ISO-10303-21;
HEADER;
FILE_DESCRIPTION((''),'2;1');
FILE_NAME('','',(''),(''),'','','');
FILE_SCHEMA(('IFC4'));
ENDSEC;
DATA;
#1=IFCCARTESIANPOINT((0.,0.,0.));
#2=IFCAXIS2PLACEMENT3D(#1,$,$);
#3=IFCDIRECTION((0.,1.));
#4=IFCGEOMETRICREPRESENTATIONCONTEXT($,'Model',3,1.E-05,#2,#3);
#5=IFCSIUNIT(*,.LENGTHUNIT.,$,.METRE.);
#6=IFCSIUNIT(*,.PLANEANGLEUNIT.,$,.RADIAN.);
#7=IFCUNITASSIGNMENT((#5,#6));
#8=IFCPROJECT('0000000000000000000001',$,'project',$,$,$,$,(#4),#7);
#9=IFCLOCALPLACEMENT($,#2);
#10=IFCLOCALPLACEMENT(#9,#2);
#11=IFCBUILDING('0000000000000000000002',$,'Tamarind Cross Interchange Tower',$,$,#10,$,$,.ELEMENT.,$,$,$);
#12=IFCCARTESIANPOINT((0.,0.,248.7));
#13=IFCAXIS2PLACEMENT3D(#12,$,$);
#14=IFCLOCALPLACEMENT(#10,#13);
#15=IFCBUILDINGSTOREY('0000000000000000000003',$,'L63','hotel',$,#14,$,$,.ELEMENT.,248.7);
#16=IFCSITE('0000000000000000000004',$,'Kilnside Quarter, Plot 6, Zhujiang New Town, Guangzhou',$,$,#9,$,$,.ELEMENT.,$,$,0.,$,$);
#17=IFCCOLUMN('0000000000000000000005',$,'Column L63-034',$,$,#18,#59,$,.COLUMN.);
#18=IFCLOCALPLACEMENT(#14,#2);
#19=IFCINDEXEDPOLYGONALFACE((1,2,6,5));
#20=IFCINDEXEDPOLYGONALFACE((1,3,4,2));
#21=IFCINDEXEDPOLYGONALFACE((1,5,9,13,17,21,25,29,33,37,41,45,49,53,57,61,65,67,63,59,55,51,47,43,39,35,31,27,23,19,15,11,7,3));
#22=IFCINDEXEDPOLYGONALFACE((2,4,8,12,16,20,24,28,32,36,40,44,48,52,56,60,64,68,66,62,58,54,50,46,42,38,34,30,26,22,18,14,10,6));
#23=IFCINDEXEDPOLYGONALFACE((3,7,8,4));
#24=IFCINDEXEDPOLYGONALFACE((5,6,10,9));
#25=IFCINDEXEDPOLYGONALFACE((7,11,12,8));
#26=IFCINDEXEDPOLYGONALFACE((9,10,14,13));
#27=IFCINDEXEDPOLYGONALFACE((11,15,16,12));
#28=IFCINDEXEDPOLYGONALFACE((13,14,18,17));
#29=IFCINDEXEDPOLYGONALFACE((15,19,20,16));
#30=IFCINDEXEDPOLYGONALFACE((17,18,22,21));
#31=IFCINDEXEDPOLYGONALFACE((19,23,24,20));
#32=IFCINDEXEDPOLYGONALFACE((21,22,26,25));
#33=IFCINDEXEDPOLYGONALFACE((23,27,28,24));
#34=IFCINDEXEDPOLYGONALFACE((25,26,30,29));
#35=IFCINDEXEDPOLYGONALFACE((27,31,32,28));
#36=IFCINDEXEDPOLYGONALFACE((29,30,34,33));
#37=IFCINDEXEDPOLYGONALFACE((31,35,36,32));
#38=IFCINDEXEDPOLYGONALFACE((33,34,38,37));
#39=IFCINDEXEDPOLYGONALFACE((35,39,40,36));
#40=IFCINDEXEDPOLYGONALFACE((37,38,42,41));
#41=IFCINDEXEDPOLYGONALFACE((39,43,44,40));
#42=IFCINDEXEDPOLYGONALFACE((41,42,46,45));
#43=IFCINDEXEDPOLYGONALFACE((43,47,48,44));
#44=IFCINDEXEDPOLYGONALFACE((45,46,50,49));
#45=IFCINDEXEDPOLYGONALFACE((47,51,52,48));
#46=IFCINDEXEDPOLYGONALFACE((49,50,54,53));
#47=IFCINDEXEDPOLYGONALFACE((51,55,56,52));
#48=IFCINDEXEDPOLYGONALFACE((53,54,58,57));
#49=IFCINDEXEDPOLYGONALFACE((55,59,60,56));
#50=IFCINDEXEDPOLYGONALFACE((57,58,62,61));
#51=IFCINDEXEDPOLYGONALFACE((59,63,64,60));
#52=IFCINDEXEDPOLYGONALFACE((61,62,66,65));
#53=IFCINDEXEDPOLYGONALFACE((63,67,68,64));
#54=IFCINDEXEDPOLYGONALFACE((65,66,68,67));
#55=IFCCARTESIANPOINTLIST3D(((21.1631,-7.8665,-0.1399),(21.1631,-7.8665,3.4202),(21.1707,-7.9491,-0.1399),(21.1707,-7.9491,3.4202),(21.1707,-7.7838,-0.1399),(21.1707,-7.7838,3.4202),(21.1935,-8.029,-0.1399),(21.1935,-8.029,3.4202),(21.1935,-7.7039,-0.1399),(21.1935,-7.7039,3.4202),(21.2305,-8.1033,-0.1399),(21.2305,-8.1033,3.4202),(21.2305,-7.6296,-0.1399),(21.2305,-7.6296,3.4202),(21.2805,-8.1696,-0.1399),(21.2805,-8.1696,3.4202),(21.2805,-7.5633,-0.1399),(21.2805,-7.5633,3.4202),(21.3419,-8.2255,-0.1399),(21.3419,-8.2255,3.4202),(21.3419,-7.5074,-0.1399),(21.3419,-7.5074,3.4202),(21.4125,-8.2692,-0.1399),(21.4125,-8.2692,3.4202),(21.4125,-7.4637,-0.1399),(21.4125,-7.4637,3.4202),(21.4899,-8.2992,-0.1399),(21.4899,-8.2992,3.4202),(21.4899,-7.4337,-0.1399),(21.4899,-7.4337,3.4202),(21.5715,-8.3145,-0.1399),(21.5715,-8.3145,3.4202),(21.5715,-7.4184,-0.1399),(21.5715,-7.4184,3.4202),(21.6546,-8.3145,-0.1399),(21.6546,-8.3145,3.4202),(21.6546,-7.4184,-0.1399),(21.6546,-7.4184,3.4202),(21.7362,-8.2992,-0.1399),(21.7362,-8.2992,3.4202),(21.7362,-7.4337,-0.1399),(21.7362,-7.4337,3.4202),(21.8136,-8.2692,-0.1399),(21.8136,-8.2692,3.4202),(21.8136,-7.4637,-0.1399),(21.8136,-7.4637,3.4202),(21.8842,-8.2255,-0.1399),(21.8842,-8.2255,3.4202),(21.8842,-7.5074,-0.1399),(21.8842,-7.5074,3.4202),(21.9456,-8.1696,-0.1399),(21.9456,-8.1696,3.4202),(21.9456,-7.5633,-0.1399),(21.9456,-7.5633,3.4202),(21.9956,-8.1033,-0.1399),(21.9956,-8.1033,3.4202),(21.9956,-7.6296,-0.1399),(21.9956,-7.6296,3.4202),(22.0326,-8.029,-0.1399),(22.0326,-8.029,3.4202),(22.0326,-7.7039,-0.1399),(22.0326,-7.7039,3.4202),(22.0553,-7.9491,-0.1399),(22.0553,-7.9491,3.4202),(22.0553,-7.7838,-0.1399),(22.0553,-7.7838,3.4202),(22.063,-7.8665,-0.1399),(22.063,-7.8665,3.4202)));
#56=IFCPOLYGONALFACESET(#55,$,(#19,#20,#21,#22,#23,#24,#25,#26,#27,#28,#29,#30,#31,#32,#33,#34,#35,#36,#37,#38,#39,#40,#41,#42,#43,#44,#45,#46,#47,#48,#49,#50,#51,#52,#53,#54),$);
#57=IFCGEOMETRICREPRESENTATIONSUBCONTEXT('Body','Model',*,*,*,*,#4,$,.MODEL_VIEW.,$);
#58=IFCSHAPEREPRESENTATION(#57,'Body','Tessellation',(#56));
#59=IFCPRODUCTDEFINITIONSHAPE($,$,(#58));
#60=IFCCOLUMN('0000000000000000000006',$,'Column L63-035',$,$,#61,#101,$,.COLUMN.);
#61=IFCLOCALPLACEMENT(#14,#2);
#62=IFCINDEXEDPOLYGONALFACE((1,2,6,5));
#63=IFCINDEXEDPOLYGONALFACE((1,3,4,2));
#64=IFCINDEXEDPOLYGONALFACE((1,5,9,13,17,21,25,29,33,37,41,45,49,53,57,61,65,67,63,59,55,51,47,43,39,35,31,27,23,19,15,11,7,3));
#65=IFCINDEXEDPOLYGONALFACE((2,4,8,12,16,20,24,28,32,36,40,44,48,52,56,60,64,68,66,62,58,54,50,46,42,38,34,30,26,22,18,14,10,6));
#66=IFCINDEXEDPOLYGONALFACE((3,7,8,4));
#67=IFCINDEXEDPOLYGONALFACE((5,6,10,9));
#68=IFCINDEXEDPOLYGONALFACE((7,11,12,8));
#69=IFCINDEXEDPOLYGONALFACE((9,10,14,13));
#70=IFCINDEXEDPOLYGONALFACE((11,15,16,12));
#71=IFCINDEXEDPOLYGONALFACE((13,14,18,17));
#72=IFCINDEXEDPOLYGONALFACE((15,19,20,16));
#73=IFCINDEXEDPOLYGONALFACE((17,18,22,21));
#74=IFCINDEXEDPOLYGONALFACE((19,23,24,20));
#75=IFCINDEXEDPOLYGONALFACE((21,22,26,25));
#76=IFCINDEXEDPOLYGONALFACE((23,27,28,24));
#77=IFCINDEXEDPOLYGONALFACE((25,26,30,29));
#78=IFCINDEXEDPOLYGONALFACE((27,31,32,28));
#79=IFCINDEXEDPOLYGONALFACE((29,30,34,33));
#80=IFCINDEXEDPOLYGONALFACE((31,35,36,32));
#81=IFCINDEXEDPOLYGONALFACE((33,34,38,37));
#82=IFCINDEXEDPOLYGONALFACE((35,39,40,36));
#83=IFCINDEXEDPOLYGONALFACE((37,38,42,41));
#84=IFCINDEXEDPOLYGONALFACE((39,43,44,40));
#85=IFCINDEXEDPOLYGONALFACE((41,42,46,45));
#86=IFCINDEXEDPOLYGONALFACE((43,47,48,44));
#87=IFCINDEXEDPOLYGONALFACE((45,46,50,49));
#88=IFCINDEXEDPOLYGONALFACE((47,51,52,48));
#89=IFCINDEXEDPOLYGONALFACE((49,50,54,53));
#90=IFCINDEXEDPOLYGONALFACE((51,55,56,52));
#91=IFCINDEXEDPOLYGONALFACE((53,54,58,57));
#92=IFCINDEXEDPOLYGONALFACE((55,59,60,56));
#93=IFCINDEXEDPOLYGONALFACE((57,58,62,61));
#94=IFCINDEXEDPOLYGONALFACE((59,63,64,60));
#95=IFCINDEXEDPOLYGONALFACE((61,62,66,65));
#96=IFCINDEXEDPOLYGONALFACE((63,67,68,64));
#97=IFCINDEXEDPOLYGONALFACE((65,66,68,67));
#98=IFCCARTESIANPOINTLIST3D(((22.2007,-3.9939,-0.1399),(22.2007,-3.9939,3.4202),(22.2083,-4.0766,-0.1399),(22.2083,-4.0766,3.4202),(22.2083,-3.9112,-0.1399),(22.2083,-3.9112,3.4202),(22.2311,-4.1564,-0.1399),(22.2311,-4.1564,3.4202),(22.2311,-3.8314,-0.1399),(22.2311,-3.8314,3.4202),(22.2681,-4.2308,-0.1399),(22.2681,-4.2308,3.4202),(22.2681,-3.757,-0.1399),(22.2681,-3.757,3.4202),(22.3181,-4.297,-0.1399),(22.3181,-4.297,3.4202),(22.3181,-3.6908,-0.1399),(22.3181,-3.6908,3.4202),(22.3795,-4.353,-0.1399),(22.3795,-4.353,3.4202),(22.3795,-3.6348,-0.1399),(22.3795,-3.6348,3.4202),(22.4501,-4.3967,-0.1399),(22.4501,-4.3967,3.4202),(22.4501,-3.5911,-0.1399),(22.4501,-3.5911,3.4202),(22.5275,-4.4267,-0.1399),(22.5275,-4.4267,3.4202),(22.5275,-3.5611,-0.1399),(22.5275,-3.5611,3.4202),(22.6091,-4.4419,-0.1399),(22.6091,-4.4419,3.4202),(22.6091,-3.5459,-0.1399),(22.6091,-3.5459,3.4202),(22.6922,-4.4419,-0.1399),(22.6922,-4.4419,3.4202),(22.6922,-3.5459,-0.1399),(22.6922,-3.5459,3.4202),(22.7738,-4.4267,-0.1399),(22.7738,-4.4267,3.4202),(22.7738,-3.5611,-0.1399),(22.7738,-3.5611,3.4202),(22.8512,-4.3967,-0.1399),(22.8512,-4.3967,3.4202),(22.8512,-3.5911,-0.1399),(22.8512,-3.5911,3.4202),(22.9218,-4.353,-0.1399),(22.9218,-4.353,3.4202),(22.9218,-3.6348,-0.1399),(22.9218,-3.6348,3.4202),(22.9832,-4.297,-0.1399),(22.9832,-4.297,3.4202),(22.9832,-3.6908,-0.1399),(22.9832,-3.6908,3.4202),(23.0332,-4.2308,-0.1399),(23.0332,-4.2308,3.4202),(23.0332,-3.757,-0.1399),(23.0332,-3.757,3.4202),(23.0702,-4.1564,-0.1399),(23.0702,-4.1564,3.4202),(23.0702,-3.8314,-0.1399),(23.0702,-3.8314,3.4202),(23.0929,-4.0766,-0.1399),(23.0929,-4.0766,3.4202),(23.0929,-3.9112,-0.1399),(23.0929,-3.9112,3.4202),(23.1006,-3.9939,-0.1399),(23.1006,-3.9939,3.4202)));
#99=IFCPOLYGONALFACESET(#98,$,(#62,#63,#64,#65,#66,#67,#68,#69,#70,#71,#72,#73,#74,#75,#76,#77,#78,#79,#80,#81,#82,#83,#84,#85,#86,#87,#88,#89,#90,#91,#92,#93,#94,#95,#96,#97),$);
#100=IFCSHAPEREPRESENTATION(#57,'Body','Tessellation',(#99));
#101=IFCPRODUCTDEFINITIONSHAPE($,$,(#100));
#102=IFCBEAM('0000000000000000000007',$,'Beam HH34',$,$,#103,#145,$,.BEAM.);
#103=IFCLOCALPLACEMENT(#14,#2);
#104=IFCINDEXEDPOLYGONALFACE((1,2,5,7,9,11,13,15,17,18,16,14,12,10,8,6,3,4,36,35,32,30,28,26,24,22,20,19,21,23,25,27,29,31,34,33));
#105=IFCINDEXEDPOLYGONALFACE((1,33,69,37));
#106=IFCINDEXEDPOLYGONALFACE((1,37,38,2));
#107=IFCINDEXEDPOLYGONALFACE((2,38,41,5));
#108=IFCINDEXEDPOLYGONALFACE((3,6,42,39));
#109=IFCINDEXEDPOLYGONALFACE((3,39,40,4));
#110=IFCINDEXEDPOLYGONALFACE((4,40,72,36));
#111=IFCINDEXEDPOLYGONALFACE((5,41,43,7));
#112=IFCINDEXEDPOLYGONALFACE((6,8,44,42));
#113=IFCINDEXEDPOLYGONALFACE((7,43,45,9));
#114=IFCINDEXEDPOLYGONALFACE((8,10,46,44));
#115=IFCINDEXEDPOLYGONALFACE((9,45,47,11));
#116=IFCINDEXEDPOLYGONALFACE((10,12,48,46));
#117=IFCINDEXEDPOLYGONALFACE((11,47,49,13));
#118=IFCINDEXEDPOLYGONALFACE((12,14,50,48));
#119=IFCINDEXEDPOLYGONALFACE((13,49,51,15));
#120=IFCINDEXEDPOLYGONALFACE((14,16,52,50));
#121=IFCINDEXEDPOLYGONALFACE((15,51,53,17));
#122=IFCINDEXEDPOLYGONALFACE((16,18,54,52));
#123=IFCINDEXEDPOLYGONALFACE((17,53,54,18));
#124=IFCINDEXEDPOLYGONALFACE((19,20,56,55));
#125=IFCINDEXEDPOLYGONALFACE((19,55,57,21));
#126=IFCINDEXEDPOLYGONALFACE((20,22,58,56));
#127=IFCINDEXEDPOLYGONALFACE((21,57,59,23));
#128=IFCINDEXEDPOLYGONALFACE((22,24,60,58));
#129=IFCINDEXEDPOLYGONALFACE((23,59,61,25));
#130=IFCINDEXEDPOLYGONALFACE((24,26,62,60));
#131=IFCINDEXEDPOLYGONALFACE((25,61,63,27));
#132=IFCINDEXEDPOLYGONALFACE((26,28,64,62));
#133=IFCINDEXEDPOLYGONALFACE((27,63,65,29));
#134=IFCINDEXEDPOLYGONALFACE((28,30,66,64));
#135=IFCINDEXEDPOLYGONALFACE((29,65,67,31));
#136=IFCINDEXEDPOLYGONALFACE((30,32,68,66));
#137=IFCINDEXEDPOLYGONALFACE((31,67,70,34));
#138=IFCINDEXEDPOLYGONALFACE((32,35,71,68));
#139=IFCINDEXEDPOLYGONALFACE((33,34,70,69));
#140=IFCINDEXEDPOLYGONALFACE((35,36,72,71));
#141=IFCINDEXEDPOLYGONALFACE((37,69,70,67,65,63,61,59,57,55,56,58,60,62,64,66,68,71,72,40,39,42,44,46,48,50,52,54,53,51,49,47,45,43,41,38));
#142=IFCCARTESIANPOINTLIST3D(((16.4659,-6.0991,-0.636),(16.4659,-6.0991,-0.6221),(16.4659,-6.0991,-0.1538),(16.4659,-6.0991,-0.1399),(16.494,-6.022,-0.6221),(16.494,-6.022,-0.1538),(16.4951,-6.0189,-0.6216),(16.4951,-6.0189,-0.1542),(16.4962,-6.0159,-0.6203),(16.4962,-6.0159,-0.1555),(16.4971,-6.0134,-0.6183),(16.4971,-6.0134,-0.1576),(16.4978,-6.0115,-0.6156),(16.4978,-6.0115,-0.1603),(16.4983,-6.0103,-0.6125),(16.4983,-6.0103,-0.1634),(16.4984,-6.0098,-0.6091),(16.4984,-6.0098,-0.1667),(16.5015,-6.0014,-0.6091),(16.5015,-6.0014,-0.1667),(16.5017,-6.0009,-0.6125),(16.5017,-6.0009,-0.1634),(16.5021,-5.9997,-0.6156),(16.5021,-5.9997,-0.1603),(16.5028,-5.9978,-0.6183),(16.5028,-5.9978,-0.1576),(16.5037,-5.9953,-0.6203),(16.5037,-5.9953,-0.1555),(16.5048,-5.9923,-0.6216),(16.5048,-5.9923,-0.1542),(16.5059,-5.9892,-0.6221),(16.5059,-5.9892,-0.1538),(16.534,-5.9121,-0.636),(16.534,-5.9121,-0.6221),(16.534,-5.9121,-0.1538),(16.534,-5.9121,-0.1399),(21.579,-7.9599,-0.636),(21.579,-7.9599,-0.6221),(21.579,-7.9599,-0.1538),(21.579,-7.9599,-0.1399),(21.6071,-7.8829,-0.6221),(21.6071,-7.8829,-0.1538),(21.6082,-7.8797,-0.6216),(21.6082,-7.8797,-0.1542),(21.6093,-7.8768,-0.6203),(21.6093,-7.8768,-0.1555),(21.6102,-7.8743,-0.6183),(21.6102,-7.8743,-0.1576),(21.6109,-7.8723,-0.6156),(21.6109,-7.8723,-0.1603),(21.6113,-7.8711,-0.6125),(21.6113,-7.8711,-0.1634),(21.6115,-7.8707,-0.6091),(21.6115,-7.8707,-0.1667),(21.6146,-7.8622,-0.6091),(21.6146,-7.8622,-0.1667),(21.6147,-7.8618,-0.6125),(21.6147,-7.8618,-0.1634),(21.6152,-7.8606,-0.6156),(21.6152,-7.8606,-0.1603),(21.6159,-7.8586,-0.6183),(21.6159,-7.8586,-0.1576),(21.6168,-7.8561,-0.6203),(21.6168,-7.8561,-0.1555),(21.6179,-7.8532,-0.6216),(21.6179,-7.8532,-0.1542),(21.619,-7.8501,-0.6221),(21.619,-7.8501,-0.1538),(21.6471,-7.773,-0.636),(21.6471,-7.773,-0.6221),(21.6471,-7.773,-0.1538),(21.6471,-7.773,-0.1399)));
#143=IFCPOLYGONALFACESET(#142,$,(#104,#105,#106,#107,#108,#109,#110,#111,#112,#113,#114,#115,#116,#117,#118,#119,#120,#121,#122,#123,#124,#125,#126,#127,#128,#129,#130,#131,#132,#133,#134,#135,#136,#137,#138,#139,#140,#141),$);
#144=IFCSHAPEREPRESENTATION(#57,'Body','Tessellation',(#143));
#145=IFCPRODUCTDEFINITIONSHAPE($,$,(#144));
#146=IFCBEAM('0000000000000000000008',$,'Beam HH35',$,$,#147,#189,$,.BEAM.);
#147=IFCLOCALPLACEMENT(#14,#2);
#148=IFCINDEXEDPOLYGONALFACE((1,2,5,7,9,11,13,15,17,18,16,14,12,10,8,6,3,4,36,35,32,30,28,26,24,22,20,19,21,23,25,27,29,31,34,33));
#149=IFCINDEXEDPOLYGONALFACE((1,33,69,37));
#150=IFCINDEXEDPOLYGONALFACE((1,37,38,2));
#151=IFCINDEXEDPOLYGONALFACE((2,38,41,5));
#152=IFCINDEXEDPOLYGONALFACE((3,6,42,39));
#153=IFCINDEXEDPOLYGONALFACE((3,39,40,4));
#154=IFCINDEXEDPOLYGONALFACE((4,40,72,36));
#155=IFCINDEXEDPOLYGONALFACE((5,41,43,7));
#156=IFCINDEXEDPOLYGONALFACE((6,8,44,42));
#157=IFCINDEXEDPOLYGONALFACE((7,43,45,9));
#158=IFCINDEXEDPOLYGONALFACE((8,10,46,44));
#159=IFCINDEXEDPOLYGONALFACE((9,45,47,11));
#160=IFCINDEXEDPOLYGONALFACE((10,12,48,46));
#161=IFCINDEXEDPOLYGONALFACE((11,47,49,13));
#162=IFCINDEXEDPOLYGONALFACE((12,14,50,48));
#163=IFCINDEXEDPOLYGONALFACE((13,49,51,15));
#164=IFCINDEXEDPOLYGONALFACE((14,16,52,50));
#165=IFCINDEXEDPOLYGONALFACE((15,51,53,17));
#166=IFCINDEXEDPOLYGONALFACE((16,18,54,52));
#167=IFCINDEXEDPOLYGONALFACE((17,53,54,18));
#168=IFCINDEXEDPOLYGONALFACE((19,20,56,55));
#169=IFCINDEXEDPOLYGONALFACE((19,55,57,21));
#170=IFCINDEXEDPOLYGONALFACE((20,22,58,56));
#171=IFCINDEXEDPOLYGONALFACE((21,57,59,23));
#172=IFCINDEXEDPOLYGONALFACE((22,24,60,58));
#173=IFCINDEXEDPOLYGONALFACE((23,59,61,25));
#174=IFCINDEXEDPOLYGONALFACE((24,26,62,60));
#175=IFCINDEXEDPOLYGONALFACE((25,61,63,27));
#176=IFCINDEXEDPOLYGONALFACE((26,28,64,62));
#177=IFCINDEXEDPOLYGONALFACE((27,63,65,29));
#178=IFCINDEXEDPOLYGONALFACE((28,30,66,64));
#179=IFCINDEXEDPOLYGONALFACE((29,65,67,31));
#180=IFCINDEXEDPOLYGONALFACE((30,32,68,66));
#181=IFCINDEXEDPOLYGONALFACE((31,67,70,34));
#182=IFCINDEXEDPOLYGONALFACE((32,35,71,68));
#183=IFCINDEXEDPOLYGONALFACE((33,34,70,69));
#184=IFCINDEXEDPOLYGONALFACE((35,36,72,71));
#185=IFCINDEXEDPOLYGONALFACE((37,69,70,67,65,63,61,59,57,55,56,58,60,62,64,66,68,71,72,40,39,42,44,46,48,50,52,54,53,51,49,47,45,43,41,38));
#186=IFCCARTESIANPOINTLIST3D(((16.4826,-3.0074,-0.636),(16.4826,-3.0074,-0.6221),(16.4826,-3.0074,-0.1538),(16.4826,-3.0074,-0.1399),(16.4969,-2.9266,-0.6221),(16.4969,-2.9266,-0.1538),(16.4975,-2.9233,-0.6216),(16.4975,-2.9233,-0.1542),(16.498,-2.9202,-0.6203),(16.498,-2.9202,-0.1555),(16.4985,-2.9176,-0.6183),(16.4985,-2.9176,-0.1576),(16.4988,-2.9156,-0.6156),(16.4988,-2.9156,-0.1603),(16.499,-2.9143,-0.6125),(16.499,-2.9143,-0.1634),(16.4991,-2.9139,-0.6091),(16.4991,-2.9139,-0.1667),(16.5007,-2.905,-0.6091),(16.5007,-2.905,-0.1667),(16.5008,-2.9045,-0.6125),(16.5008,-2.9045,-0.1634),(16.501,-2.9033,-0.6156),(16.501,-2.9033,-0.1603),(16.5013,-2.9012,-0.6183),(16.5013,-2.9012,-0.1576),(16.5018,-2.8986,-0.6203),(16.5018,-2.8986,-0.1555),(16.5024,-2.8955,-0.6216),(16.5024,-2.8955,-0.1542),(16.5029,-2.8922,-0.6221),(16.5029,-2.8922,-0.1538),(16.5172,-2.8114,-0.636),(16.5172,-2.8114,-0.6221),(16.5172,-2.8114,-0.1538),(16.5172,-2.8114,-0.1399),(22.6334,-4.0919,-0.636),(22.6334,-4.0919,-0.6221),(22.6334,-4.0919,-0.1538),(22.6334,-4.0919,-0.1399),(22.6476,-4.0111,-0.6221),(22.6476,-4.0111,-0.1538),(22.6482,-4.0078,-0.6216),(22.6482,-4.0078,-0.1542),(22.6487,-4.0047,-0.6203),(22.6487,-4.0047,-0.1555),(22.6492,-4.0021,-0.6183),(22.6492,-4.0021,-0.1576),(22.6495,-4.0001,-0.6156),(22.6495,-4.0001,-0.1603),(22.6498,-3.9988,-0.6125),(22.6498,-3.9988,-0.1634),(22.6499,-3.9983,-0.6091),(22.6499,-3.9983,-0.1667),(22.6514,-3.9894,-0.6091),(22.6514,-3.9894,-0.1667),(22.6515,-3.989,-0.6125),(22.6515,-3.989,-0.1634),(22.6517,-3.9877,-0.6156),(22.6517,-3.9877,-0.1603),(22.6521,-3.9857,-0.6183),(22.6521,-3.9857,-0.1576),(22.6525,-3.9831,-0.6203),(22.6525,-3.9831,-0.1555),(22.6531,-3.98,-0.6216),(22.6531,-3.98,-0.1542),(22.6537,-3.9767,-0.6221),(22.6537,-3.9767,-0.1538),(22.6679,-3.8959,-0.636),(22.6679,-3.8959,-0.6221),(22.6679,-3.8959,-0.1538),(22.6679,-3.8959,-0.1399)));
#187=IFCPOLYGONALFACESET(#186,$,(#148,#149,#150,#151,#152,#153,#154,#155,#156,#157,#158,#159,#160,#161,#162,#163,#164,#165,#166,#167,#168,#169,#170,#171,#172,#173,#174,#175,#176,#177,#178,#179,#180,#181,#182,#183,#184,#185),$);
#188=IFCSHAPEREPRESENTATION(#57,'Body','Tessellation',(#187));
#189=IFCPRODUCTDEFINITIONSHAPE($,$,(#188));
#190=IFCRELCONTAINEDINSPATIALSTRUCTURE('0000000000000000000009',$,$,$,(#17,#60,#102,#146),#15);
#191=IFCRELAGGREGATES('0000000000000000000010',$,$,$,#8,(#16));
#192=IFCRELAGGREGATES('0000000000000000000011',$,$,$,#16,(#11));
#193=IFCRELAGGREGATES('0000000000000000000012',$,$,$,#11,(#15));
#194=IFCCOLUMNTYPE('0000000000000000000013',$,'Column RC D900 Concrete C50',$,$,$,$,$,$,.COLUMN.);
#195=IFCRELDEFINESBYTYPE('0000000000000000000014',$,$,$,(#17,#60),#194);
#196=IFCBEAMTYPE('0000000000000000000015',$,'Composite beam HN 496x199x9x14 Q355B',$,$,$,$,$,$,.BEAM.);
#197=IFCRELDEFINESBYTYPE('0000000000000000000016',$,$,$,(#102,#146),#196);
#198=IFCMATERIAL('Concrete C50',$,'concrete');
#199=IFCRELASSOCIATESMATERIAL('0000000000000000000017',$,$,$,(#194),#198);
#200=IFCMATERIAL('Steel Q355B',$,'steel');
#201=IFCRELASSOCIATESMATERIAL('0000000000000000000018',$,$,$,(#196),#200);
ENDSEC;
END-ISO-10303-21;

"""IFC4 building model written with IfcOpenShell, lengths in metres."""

from ifc_helpers import new_model, si_unit, direction, frame, origin, origin_2d, place, context, subcontext, project, spatial, circle, i_section, extrude, material, material_profile, profile_set, type_object, element, save


model = new_model("IFC4")

# Units and contexts
model_context = context("Model", 3, precision=1e-05, world=origin(), true_north=direction((0.0, 1.0)))
body_context = subcontext(model_context, "Body", "Model", "MODEL_VIEW")
ifc_project = project(units=[si_unit("LENGTHUNIT", "METRE"), si_unit("PLANEANGLEUNIT", "RADIAN")], contexts=[model_context])

# Site, building, storey
site_placement = place(None, origin())
site = spatial("IfcSite", under=ifc_project, at=site_placement, Name="Kilnside Quarter, Plot 6, Zhujiang New Town, Guangzhou", CompositionType="ELEMENT", RefElevation=0.0)
building_placement = place(site_placement, origin())
building = spatial("IfcBuilding", under=site, at=building_placement, Name="Tamarind Cross Interchange Tower", CompositionType="ELEMENT")
storey_placement = place(building_placement, frame((0.0, 0.0, 248.7)))
storey = spatial("IfcBuildingStorey", under=building, at=storey_placement, Name="L63", Description="hotel", CompositionType="ELEMENT", Elevation=248.7)

# Columns
ifc_material_1 = material(Name="Concrete C50", Category="concrete")
ifc_material_profile_1 = material_profile(ifc_material_1, circle(Radius=0.45, at=origin_2d()), Name="RC D900")
ifc_profile_set_1 = profile_set([ifc_material_profile_1], Name="Concrete C50")
column_type = type_object("IfcColumnType", Name="Column RC D900 Concrete C50", PredefinedType="COLUMN", material=ifc_profile_set_1)
for number, where, z_axis, x_axis, name in (
    (1, (21.613, -7.8665, -0.1399), (0.0, 0.0, 1.0), (1.0, 0.0, 0.0), "Column L63-034"),
    (2, (22.6506, -3.9939, -0.1399), (0.0, 0.0, 1.0), (1.0, 0.0, 0.0), "Column L63-035"),
):
    element("IfcColumn", number, at=place(storey_placement, frame(where, z_axis=z_axis, x_axis=x_axis)), inside=storey, type_object=column_type, Name=name, PredefinedType="COLUMN", context=body_context, shape_type="SweptSolid", body=[
        extrude(circle(Radius=0.45, at=origin_2d()), origin(), (0.0, 0.0, 1.0), 3.5601),
    ])

# Beams
ifc_material_2 = material(Name="Steel Q355B", Category="steel")
ifc_material_profile_2 = material_profile(ifc_material_2, i_section(OverallWidth=0.199, OverallDepth=0.4961, WebThickness=0.009, FlangeThickness=0.0139, FilletRadius=0.0129, at=origin_2d()), Name="HN 496x199x9x14")
ifc_profile_set_2 = profile_set([ifc_material_profile_2], Name="Steel Q355B")
beam_type = type_object("IfcBeamType", Name="Composite beam HN 496x199x9x14 Q355B", PredefinedType="BEAM", material=ifc_profile_set_2)
beam_1_placement = place(storey_placement, frame((21.613, -7.8665, -0.3879), z_axis=(-0.939702, 0.341995, 0.0), x_axis=(-0.341995, -0.939702, 0.0)))
element("IfcBeam", 3, at=beam_1_placement, inside=storey, type_object=beam_type, Name="Beam HH34", PredefinedType="BEAM", context=body_context, shape_type="SweptSolid", body=[
    extrude(i_section(OverallWidth=0.199, OverallDepth=0.4961, WebThickness=0.009, FlangeThickness=0.0139, FilletRadius=0.0129, at=origin_2d()), origin(), (0.0, 0.0, 1.0), 5.4412),
])
beam_2_placement = place(storey_placement, frame((22.6506, -3.9939, -0.3879), z_axis=(-0.984809, 0.17364, 0.0), x_axis=(-0.17364, -0.984809, 0.0)))
element("IfcBeam", 4, at=beam_2_placement, inside=storey, type_object=beam_type, Name="Beam HH35", PredefinedType="BEAM", context=body_context, shape_type="SweptSolid", body=[
    extrude(i_section(OverallWidth=0.199, OverallDepth=0.4961, WebThickness=0.009, FlangeThickness=0.0139, FilletRadius=0.0129, at=origin_2d()), origin(), (0.0, 0.0, 1.0), 6.2456),
])

save(model, "model.ifc")
